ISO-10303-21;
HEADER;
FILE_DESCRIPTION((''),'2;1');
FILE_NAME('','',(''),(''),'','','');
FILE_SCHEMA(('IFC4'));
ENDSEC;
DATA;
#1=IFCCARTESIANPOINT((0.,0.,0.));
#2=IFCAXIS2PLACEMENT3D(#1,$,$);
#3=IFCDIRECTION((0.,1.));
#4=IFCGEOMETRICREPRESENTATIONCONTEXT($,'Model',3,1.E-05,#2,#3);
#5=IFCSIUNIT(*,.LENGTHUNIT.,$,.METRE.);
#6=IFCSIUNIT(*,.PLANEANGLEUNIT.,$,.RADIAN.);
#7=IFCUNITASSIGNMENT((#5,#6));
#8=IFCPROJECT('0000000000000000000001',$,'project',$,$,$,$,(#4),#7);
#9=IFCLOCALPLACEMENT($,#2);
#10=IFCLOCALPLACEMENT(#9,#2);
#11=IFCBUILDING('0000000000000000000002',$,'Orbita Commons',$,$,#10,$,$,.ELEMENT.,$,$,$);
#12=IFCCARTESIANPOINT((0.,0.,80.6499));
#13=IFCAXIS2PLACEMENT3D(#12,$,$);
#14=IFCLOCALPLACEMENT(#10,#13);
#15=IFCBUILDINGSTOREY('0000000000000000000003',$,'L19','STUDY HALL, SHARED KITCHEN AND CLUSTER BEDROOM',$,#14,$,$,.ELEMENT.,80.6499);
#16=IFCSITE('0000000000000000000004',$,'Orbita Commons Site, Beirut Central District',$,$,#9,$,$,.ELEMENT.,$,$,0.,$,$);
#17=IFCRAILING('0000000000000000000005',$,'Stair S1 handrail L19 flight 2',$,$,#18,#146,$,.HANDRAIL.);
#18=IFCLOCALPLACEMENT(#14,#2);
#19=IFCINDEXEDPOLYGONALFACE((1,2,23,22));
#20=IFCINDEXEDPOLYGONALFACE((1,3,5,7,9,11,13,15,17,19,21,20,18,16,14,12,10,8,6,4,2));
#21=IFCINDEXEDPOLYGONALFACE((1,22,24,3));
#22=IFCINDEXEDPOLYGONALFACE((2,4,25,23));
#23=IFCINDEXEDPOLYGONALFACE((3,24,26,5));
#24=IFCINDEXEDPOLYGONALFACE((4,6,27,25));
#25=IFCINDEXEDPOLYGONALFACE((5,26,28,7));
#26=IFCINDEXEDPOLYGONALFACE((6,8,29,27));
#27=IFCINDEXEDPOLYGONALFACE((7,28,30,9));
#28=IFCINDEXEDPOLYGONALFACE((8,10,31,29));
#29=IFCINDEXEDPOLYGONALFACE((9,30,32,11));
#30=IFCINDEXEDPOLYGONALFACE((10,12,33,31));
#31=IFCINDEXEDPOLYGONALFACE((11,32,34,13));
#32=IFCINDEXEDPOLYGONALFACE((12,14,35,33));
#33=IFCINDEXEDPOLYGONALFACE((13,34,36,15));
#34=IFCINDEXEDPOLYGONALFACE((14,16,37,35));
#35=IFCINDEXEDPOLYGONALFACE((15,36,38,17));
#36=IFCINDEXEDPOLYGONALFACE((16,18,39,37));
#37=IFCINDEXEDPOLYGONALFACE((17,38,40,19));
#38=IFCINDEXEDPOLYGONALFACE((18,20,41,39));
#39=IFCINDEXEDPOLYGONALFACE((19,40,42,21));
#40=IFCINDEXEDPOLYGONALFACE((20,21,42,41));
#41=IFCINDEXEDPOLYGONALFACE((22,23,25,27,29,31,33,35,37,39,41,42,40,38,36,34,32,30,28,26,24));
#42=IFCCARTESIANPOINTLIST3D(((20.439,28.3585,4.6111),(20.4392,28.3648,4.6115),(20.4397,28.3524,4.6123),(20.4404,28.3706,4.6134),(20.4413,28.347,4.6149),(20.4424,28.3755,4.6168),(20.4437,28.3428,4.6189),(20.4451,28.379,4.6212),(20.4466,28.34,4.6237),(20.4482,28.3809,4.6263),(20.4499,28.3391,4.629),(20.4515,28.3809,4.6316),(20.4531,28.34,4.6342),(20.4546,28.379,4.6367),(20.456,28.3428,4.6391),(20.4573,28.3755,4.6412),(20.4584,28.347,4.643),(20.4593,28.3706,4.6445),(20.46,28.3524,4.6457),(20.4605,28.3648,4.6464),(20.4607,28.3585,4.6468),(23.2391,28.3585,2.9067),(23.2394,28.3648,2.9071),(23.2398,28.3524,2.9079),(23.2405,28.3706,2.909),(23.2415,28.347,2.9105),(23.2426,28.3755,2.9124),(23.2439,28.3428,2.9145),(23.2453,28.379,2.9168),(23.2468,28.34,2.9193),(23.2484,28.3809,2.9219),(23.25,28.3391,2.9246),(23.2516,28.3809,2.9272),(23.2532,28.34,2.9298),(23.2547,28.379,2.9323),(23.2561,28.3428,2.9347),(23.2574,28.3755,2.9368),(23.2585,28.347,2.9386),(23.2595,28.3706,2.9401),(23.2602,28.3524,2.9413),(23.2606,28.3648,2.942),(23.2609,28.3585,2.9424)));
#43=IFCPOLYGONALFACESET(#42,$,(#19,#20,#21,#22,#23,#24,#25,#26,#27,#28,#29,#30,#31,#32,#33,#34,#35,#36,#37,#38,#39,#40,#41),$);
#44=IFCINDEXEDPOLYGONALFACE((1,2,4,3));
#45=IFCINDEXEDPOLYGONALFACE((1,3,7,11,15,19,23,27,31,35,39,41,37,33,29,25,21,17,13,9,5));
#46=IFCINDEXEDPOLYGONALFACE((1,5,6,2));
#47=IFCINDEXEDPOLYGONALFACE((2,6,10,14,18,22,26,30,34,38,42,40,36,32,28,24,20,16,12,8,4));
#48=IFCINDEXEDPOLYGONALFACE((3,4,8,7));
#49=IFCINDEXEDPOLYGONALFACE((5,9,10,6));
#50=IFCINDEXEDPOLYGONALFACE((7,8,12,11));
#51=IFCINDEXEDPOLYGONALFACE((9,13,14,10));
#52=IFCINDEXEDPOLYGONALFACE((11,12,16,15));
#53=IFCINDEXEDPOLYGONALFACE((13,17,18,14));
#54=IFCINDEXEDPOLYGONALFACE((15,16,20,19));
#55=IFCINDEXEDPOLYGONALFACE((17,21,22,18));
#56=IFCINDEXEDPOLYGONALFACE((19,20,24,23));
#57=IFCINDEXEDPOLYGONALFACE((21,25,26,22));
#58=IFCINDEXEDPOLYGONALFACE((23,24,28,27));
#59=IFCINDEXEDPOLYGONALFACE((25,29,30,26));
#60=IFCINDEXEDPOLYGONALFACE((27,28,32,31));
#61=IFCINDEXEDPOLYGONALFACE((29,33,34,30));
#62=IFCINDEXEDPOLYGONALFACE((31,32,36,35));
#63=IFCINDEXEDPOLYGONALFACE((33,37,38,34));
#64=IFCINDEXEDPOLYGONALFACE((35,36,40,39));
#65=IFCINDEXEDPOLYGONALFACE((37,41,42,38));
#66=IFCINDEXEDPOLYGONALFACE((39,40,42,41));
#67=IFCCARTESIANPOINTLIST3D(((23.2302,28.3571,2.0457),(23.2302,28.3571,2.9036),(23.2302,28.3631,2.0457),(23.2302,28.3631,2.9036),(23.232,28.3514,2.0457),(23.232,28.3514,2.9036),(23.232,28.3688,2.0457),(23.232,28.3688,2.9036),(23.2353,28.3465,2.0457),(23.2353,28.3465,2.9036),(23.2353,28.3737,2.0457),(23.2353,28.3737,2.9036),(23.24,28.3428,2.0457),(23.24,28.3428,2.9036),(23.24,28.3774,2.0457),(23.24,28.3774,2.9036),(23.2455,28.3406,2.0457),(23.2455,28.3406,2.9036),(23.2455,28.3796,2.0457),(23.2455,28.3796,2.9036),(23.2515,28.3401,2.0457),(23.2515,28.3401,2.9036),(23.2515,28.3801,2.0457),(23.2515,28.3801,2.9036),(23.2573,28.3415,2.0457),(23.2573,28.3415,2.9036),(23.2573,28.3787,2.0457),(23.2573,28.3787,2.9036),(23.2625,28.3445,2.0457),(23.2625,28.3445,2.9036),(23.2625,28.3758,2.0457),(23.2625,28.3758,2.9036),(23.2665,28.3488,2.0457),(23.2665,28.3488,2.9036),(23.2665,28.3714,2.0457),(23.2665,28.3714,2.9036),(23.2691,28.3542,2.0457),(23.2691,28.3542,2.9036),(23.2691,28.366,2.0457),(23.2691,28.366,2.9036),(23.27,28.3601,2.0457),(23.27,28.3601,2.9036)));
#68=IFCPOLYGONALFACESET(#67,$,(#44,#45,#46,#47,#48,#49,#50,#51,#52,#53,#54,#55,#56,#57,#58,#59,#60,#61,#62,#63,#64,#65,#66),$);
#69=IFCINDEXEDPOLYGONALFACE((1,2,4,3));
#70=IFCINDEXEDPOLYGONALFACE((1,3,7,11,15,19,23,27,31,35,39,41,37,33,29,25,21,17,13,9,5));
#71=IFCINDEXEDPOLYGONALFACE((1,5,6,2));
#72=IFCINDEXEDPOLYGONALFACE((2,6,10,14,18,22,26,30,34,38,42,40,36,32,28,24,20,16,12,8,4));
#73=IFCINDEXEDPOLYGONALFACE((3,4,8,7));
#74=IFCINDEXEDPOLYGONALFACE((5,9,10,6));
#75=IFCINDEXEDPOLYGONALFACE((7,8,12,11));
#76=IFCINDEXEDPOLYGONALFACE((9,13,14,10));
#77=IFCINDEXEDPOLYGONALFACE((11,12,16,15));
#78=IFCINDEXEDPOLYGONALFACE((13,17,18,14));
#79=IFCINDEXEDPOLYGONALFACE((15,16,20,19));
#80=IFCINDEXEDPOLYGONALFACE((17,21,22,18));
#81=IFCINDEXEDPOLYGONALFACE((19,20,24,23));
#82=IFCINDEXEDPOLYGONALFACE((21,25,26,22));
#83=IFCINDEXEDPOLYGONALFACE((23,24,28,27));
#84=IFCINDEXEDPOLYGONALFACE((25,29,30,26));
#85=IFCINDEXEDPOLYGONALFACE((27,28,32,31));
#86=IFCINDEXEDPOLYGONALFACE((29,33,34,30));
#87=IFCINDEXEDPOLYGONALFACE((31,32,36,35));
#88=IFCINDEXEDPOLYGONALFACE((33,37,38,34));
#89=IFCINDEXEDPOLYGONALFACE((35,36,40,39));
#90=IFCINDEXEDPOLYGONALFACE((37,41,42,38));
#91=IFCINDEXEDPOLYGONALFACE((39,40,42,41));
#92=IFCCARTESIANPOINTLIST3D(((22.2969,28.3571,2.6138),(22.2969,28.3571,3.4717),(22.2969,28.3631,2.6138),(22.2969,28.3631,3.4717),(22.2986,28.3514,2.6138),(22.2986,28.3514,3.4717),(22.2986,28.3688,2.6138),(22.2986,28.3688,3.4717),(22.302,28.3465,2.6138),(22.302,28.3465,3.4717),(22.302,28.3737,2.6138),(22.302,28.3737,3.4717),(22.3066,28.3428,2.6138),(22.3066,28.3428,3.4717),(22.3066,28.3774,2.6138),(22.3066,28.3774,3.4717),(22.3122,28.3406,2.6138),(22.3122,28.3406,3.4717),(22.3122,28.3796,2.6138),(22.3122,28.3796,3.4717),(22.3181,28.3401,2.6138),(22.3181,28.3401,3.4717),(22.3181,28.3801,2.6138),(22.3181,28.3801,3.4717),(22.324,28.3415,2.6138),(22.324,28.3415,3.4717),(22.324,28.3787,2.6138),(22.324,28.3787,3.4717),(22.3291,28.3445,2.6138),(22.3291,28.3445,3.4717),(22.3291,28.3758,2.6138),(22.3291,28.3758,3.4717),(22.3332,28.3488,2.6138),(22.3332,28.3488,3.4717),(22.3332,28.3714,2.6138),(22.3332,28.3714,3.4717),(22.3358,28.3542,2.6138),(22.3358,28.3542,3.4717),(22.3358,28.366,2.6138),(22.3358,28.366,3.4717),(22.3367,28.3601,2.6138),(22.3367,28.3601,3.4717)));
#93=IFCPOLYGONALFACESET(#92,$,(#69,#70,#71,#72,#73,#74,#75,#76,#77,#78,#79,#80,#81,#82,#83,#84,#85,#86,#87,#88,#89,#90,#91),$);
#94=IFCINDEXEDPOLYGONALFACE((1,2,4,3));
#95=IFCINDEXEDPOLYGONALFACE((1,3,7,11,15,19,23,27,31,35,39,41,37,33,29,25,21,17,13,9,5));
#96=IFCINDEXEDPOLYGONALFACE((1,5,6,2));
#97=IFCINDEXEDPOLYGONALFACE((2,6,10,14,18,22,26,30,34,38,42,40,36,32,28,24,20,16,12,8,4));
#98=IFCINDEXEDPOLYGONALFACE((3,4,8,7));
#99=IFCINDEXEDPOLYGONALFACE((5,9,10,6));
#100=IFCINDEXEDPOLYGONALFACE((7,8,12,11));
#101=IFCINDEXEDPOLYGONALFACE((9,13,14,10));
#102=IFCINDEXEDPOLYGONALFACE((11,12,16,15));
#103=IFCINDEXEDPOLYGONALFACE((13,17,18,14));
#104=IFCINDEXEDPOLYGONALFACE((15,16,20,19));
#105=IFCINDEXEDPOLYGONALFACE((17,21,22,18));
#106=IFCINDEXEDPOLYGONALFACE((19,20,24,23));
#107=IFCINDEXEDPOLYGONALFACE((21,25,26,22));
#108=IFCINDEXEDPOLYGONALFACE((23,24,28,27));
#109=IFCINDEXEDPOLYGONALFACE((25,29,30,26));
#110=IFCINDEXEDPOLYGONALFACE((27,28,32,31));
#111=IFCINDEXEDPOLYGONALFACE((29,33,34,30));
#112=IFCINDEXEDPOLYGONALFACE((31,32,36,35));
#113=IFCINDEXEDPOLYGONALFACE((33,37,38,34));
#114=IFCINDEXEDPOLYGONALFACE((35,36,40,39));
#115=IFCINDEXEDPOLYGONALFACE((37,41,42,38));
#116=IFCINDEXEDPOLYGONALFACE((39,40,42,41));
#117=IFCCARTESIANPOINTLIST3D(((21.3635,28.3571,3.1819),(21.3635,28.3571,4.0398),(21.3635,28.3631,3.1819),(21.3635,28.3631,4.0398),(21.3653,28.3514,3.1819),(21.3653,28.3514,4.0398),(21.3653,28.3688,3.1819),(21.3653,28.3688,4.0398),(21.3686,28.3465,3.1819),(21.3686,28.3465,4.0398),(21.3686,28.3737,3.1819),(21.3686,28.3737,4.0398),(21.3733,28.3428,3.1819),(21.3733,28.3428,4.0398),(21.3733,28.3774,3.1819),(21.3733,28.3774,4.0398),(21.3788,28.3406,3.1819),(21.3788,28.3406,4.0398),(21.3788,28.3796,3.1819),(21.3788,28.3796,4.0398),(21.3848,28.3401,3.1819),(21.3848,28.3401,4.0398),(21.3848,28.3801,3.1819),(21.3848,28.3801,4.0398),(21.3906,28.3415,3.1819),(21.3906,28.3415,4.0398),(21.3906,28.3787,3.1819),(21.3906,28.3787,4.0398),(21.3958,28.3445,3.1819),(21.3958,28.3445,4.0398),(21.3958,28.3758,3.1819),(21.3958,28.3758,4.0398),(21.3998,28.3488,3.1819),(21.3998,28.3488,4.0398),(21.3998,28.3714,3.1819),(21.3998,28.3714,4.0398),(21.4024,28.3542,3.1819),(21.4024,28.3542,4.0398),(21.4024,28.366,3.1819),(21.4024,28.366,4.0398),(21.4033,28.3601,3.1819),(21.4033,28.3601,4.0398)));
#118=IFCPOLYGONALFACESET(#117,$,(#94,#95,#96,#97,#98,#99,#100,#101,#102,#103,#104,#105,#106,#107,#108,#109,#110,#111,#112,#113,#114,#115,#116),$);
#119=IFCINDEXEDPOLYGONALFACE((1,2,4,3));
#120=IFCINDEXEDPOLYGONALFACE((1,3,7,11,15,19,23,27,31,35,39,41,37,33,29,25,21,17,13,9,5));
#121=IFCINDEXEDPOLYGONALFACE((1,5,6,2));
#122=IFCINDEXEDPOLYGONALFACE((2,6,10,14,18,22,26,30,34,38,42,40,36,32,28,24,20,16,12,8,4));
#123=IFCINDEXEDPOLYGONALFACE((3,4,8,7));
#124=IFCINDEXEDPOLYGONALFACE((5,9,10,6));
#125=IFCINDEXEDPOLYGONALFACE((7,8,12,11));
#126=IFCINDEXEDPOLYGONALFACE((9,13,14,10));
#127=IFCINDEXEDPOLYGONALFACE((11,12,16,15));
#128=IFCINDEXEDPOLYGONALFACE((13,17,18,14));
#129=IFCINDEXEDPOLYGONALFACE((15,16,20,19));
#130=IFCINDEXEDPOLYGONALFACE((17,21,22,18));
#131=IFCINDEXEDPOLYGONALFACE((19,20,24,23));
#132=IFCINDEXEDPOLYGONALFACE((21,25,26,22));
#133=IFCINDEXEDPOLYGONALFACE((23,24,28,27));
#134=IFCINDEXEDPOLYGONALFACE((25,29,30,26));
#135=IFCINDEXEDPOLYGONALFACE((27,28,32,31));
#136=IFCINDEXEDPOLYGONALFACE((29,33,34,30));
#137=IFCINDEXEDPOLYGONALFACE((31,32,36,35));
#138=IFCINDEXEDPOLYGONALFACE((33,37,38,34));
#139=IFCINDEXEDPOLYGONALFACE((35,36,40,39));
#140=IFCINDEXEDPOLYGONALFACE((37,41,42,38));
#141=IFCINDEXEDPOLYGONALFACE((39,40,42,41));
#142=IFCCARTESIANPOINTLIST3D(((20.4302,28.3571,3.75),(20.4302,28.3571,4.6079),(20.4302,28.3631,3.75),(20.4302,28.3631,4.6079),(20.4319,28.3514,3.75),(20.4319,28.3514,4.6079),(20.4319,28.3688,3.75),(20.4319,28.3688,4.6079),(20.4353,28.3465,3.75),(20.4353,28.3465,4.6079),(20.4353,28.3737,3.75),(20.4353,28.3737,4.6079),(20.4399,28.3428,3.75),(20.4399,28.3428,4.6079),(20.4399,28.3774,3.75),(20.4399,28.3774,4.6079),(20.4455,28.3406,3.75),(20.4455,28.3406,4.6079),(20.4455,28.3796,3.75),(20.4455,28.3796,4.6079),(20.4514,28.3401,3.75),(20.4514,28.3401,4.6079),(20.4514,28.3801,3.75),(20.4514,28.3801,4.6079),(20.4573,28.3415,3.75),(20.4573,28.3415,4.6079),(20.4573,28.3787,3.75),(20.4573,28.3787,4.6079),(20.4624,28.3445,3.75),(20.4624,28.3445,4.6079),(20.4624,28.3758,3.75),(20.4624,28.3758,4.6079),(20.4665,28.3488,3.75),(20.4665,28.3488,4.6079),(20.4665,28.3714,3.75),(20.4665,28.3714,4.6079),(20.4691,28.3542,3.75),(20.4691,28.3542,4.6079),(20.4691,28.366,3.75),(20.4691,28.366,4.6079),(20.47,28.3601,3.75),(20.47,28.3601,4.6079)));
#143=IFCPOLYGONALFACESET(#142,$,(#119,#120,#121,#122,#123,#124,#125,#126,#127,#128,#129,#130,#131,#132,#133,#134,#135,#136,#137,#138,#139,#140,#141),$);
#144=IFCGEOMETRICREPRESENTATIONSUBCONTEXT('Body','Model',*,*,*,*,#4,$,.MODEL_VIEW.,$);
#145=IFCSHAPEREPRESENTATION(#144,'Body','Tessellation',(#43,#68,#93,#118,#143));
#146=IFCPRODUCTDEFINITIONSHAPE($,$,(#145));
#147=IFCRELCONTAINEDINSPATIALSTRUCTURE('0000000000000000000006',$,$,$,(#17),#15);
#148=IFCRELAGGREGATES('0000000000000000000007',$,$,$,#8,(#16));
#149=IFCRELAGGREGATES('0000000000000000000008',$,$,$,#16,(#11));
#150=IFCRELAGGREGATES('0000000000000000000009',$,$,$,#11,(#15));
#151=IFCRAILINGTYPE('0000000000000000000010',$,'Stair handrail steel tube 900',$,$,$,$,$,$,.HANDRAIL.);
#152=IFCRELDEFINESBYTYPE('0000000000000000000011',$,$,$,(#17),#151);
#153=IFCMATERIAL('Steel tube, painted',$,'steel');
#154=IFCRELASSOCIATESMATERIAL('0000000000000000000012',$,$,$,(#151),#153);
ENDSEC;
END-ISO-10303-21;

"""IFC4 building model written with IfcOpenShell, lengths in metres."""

from ifc_helpers import new_model, si_unit, direction, frame, origin, origin_2d, place, context, subcontext, project, spatial, circle, extrude, material, type_object, element, save


model = new_model("IFC4")

# Units and contexts
model_context = context("Model", 3, precision=1e-05, world=origin(), true_north=direction((0.0, 1.0)))
body_context = subcontext(model_context, "Body", "Model", "MODEL_VIEW")
ifc_project = project(units=[si_unit("LENGTHUNIT", "METRE"), si_unit("PLANEANGLEUNIT", "RADIAN")], contexts=[model_context])

# Site, building, storey
site_placement = place(None, origin())
site = spatial("IfcSite", under=ifc_project, at=site_placement, Name="Orbita Commons Site, Beirut Central District", CompositionType="ELEMENT", RefElevation=0.0)
building_placement = place(site_placement, origin())
building = spatial("IfcBuilding", under=site, at=building_placement, Name="Orbita Commons", CompositionType="ELEMENT")
storey_placement = place(building_placement, frame((0.0, 0.0, 80.6499)))
storey = spatial("IfcBuildingStorey", under=building, at=storey_placement, Name="L19", Description="STUDY HALL, SHARED KITCHEN AND CLUSTER BEDROOM", CompositionType="ELEMENT", Elevation=80.6499)

# Railing
ifc_material_1 = material(Name="Steel tube, painted", Category="steel")
railing_type = type_object("IfcRailingType", Name="Stair handrail steel tube 900", PredefinedType="HANDRAIL", material=ifc_material_1)
railing_placement = place(storey_placement, frame((23.25, 28.3601, 2.0457)))
element("IfcRailing", 1, at=railing_placement, inside=storey, type_object=railing_type, Name="Stair S1 handrail L19 flight 2", PredefinedType="HANDRAIL", context=body_context, shape_type="SweptSolid", body=[
    extrude(circle(Radius=0.021, at=origin_2d()), frame((0.0, 0.0, 0.8789), z_axis=(-0.854203, 0.0, 0.51994), x_axis=(0.0, -1.0, 0.0)), (0.0, 0.0, 1.0), 3.2781),
    extrude(circle(Radius=0.02, at=origin_2d()), origin(), (0.0, 0.0, 1.0), 0.8579),
    extrude(circle(Radius=0.02, at=origin_2d()), frame((-0.9333, 0.0, 0.5681)), (0.0, 0.0, 1.0), 0.8579),
    extrude(circle(Radius=0.02, at=origin_2d()), frame((-1.8667, 0.0, 1.1362)), (0.0, 0.0, 1.0), 0.8579),
    extrude(circle(Radius=0.02, at=origin_2d()), frame((-2.8, 0.0, 1.7043)), (0.0, 0.0, 1.0), 0.8579),
])

save(model, "model.ifc")
